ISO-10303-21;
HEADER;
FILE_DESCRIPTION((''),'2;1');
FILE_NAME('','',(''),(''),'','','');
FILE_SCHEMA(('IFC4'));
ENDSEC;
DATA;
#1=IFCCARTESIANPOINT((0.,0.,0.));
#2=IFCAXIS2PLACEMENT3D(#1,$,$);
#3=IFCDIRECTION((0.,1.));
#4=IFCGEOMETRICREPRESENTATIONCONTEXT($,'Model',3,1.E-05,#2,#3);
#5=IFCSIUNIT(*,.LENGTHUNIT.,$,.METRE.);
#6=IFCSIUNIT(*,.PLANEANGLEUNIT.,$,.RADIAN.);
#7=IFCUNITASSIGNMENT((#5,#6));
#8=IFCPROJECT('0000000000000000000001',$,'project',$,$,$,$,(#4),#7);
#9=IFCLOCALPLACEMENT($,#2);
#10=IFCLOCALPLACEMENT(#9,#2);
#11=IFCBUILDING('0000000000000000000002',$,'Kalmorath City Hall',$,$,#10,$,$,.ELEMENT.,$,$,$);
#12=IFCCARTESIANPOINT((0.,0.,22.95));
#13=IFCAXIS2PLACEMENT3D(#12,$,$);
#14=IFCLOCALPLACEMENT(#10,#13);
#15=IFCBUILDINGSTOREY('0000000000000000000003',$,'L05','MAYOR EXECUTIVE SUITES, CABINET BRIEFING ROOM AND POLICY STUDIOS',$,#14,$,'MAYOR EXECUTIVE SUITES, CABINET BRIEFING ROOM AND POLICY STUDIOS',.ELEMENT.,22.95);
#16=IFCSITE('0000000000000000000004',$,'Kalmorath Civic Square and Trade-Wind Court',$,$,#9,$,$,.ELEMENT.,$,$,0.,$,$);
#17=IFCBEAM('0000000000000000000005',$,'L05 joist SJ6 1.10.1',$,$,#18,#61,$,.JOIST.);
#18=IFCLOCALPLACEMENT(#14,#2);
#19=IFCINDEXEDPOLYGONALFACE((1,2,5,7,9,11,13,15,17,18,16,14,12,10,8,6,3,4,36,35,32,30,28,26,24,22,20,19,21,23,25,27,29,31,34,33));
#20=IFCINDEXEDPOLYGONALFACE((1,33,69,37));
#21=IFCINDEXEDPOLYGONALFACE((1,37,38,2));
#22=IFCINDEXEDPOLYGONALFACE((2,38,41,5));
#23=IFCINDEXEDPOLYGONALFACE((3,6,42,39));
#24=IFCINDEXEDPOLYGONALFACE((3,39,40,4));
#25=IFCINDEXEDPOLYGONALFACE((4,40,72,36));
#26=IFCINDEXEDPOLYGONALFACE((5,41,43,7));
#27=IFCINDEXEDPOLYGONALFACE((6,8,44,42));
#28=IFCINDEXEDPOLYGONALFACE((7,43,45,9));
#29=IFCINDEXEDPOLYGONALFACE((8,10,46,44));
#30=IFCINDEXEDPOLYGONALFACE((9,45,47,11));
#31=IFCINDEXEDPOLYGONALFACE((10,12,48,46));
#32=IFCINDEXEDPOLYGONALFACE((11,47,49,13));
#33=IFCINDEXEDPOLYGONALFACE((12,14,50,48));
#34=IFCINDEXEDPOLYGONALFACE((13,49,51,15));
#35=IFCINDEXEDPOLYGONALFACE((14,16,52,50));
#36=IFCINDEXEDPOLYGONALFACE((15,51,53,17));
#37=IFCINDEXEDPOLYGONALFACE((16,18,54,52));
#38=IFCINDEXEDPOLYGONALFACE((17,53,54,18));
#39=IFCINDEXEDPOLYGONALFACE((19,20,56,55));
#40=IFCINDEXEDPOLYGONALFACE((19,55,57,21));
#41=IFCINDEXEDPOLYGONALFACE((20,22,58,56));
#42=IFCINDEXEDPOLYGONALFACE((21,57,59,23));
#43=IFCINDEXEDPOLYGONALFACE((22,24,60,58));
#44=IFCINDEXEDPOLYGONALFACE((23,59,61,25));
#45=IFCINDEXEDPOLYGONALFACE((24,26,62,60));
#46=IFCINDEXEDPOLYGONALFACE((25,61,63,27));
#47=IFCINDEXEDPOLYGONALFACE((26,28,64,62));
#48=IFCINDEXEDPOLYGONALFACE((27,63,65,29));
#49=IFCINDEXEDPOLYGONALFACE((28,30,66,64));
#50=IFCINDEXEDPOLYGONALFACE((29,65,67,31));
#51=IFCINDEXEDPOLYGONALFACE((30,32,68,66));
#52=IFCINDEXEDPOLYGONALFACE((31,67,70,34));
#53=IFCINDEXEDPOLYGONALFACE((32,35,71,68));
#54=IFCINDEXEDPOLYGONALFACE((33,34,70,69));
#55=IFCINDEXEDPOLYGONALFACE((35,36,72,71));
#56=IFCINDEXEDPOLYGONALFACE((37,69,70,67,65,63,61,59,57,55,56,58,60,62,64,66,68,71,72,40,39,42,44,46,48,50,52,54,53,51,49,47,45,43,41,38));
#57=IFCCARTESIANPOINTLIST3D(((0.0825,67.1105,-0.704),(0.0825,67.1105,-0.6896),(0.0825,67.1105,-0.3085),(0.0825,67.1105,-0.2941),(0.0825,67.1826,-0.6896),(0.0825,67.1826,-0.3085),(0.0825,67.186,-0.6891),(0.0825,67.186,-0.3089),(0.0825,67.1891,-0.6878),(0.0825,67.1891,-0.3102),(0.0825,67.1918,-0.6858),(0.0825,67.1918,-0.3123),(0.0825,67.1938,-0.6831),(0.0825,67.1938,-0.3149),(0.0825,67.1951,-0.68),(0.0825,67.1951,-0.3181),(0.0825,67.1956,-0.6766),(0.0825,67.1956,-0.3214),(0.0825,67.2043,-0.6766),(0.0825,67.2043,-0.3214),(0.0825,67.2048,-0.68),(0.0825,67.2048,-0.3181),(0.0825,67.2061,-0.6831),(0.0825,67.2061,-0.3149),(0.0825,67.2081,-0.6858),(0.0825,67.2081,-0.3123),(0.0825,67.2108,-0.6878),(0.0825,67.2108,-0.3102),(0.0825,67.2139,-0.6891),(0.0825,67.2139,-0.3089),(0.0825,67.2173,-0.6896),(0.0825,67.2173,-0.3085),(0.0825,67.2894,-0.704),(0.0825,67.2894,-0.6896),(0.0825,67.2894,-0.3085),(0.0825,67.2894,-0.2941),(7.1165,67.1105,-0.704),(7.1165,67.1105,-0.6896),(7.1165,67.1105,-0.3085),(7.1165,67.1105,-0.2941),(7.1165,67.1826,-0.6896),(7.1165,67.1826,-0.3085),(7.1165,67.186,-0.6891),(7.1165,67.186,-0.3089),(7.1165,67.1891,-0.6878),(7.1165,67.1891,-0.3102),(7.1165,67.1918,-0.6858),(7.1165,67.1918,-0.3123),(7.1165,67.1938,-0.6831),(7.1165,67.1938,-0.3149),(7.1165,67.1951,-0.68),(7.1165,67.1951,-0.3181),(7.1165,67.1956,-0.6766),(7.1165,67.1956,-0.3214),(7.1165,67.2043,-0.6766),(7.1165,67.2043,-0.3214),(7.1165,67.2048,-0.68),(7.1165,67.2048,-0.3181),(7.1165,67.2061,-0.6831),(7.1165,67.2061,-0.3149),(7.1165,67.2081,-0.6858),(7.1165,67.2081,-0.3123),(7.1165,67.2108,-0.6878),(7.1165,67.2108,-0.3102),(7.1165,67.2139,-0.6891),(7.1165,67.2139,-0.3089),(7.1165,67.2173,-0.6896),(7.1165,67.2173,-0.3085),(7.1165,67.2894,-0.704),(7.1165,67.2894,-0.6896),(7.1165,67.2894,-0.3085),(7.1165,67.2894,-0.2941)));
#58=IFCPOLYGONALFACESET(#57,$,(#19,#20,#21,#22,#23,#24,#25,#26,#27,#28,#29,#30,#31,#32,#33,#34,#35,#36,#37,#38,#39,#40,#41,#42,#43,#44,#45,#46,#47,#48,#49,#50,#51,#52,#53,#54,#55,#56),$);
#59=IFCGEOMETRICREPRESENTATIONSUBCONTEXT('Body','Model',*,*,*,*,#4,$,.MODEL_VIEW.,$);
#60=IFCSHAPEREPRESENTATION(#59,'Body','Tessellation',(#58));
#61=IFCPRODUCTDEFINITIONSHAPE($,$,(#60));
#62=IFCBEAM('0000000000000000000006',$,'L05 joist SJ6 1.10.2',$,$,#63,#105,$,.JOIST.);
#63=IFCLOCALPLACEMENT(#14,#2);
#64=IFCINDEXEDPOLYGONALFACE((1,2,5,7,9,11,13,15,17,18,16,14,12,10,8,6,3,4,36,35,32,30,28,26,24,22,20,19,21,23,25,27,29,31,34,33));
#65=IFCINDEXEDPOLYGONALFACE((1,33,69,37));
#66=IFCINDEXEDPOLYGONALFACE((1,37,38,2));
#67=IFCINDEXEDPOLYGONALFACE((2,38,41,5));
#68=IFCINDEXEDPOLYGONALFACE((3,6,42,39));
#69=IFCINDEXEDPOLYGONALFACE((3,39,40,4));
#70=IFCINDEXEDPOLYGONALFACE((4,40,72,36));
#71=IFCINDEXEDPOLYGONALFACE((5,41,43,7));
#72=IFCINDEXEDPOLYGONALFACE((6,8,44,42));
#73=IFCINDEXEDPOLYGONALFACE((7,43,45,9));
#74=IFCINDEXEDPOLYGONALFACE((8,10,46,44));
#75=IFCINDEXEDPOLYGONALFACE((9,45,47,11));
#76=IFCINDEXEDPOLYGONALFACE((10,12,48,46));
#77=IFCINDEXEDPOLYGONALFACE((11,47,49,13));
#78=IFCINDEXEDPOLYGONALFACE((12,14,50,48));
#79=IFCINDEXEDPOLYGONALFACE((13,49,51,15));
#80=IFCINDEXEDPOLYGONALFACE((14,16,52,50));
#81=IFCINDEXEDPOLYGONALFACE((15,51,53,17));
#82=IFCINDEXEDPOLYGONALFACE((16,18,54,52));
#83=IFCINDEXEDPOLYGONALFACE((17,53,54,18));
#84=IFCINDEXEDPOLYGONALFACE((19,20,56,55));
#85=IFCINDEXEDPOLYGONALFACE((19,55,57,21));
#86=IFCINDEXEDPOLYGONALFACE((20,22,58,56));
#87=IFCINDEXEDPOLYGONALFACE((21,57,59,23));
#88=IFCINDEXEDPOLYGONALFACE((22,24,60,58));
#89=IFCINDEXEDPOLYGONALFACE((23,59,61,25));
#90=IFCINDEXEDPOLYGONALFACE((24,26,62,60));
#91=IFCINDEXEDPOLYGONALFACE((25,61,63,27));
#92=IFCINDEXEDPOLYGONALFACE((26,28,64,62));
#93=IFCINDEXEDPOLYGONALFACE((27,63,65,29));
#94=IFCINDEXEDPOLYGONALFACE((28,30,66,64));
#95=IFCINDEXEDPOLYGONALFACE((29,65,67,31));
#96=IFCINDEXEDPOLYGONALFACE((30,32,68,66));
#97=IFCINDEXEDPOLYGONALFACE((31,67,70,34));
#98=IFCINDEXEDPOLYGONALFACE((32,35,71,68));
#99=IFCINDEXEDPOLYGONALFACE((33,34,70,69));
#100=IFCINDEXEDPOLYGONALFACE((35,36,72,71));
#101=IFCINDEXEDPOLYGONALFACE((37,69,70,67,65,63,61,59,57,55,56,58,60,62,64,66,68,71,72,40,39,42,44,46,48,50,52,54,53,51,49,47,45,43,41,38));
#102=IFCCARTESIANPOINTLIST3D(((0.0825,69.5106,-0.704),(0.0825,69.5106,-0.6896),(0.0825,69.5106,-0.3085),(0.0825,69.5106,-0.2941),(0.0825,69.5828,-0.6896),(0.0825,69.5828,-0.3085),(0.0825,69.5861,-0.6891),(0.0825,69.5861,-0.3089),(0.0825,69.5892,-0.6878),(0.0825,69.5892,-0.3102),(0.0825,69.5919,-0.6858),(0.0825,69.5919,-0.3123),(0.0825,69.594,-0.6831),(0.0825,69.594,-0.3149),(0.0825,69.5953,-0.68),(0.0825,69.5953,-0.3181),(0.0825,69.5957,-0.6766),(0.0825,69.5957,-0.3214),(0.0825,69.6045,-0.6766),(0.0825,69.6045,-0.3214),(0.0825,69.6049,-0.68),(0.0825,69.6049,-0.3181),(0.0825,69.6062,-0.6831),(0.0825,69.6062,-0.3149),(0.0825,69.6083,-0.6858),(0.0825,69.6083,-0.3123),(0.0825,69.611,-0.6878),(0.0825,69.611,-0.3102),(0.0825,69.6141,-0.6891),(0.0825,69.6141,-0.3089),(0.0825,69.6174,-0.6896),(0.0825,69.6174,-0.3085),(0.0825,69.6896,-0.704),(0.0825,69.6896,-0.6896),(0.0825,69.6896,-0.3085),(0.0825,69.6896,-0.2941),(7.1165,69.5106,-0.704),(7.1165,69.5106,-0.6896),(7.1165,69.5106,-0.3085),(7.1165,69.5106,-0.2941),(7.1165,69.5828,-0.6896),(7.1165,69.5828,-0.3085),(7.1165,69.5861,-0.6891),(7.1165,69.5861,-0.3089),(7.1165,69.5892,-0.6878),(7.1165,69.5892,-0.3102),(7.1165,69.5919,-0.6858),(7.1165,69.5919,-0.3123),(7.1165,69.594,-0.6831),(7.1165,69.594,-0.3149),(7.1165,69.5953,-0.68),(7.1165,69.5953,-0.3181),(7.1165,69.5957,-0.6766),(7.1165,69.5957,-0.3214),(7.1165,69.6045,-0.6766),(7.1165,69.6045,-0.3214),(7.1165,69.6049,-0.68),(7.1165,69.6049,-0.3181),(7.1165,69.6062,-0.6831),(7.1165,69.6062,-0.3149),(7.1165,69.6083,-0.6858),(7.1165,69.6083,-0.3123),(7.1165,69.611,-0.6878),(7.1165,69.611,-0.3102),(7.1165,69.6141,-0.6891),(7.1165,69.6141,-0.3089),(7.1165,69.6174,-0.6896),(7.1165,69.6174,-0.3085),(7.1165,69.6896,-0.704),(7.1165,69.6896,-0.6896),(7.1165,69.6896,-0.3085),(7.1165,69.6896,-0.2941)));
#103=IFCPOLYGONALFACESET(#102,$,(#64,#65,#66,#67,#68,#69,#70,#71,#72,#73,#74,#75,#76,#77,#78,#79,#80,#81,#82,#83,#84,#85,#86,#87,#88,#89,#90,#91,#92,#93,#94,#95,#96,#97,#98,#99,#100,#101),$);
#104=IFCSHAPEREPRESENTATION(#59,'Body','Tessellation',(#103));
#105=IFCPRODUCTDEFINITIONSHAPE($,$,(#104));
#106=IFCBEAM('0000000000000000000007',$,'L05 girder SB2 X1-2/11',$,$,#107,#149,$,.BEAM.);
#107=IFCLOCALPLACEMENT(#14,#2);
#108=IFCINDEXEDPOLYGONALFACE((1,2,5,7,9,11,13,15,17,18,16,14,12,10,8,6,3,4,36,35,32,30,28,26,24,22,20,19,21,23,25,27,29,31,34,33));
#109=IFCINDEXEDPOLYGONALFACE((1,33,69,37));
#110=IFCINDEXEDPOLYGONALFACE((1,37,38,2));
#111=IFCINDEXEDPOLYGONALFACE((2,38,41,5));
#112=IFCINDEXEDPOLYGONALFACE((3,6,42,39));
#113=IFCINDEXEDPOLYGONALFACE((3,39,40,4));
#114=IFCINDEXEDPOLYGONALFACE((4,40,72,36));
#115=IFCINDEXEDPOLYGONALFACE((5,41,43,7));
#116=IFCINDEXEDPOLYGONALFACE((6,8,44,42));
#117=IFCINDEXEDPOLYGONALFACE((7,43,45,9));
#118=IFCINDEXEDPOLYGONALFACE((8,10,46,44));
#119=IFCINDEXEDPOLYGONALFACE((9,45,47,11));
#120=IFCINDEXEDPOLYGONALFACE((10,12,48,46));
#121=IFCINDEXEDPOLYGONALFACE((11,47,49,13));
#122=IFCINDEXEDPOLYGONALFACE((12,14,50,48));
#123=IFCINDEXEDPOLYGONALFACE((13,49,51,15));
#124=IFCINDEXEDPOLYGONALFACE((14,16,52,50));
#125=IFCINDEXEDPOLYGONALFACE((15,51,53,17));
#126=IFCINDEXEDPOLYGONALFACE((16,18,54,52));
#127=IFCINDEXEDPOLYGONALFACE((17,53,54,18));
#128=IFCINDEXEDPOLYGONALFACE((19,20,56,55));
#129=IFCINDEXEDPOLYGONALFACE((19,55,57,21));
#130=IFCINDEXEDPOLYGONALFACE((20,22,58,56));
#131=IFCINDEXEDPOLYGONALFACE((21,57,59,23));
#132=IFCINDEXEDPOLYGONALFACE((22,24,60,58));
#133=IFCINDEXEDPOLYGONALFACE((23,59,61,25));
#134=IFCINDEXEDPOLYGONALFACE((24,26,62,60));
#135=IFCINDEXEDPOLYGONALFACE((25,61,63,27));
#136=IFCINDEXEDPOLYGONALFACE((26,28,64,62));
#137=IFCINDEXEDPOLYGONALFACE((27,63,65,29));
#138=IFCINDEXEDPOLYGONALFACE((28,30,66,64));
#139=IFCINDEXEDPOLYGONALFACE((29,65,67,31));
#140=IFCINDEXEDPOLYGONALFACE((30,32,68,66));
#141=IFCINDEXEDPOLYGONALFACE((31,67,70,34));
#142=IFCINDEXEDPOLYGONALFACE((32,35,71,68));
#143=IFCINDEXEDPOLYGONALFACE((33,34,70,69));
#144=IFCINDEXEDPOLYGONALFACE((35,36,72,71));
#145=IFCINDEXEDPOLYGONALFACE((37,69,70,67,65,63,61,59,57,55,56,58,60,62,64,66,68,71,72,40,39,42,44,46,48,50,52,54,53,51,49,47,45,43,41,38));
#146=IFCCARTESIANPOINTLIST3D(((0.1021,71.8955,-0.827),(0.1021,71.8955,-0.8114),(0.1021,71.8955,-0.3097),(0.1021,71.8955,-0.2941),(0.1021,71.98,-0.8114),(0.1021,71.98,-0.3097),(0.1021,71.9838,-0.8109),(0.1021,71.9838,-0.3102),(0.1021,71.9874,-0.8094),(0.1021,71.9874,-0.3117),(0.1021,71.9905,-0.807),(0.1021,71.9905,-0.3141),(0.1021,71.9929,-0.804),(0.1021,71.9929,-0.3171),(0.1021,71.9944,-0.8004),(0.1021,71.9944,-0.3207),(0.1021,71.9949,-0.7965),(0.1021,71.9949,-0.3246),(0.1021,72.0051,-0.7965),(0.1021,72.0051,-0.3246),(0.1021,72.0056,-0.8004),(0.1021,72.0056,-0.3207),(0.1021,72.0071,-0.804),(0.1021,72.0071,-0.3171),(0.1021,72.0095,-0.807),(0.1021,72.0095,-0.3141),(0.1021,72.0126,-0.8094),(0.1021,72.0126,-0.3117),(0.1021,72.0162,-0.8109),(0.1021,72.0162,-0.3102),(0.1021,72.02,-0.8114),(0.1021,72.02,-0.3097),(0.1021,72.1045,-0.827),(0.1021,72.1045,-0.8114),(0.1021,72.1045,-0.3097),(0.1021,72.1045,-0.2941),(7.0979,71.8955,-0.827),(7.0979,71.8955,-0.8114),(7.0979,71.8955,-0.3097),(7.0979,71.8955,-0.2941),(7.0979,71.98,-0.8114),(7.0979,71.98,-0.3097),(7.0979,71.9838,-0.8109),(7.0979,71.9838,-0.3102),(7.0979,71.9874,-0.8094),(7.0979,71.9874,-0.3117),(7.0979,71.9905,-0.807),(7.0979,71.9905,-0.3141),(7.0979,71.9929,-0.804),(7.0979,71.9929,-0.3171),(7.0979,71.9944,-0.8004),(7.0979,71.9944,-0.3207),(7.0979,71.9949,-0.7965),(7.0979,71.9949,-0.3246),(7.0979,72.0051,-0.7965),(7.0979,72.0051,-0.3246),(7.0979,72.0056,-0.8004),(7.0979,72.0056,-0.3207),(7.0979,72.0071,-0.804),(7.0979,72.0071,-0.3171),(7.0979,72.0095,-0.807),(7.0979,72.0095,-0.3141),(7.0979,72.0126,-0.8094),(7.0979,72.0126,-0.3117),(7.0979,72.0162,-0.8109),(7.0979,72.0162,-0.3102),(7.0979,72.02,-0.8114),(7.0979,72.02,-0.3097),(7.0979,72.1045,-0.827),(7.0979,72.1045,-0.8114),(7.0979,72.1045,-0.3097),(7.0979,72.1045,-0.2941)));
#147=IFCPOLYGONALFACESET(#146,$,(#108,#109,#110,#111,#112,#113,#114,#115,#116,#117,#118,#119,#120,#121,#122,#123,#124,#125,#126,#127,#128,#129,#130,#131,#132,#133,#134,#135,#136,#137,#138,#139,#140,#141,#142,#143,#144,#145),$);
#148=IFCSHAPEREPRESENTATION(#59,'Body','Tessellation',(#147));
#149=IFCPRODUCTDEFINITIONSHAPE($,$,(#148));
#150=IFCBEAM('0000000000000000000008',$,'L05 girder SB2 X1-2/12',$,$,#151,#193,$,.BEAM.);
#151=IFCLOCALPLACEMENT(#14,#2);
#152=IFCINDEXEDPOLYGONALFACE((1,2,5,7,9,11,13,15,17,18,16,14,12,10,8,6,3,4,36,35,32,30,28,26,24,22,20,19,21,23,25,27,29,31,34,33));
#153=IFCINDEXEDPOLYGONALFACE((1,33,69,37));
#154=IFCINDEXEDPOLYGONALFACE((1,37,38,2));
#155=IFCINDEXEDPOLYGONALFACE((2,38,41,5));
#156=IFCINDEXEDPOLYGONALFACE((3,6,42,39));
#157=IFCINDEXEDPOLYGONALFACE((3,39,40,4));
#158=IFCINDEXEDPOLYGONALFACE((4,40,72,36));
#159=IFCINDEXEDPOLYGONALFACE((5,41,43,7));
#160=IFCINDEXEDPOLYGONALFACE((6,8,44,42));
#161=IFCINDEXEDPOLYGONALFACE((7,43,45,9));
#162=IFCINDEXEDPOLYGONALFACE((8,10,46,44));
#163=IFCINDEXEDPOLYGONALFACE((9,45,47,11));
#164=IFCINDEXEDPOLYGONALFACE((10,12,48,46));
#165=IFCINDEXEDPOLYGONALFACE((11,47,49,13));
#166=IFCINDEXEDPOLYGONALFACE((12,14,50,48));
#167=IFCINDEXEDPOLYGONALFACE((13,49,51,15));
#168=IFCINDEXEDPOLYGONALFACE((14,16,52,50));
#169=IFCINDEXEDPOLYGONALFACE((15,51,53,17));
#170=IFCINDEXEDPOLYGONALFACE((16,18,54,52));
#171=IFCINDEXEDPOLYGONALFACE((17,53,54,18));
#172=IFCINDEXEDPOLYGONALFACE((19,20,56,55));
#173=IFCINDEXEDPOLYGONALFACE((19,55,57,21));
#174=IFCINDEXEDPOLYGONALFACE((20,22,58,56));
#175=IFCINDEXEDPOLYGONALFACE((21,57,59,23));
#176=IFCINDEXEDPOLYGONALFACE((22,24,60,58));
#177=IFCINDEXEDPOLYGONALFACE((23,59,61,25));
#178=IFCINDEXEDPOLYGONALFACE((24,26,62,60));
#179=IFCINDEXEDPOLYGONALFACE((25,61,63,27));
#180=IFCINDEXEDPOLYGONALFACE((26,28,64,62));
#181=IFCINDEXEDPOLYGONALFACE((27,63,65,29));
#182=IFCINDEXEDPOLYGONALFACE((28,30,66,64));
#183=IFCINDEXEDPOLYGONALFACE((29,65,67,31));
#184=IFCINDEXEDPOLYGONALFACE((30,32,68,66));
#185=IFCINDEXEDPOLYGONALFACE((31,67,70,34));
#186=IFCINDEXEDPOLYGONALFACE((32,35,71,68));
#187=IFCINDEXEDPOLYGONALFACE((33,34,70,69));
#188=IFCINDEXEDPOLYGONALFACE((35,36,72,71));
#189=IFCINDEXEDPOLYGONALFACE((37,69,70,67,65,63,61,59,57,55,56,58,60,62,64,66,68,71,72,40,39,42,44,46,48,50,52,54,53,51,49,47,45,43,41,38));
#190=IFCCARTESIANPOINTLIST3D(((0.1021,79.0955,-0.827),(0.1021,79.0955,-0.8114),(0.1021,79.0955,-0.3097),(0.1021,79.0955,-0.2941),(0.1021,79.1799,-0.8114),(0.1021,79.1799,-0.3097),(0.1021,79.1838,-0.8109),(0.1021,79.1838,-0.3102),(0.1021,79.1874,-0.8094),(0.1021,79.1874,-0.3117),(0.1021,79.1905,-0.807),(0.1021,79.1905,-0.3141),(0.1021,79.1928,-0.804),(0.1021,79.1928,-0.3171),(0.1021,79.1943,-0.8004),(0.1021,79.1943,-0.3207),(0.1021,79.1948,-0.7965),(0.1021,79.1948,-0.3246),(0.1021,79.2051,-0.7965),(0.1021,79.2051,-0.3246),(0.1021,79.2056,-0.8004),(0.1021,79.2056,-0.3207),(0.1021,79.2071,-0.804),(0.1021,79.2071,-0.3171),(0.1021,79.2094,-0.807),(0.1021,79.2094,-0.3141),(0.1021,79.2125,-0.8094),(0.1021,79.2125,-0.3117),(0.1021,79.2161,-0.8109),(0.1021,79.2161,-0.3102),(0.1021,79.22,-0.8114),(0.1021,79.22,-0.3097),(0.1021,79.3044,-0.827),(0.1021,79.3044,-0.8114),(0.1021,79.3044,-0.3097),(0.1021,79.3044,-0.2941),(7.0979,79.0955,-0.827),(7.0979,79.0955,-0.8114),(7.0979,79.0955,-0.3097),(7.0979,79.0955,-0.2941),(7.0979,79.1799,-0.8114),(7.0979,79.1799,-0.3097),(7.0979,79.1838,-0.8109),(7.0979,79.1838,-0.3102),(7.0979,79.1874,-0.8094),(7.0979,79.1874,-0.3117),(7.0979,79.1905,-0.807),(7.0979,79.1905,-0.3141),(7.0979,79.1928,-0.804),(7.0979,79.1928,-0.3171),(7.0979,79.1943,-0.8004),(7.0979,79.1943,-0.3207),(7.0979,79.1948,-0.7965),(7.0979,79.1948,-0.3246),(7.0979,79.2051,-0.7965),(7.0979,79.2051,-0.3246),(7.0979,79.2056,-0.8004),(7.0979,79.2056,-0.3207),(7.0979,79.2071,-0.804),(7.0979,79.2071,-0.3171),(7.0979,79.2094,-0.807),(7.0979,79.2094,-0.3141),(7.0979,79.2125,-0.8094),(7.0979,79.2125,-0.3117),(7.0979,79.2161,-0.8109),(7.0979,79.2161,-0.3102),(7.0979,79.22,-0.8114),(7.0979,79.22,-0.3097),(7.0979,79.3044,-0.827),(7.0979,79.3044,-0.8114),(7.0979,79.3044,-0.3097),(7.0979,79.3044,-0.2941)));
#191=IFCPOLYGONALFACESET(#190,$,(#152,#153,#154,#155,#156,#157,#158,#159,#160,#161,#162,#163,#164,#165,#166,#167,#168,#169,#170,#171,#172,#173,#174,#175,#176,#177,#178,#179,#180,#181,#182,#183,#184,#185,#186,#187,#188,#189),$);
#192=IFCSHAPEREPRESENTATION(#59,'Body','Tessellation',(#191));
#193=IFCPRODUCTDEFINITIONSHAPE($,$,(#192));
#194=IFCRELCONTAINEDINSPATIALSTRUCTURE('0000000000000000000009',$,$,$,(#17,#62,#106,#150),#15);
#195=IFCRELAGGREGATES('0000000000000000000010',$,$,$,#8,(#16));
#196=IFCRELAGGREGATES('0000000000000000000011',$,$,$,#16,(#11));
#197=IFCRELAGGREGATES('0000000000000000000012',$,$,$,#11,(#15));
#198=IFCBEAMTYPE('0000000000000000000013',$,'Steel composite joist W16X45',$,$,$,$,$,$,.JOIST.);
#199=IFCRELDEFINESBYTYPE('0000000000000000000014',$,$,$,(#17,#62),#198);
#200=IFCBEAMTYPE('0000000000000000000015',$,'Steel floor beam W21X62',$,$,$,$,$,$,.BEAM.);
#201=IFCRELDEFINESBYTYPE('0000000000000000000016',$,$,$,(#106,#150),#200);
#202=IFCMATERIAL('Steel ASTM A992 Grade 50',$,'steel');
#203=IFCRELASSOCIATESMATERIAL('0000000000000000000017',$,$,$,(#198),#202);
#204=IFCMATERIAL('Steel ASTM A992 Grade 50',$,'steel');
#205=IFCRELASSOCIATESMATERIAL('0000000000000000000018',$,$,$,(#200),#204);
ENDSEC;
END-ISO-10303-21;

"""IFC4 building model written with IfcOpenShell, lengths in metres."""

from ifc_helpers import new_model, si_unit, direction, frame, origin, origin_2d, place, context, subcontext, project, spatial, i_section, extrude, material, material_profile, profile_set, type_object, element, save


model = new_model("IFC4")

# Units and contexts
model_context = context("Model", 3, precision=1e-05, world=origin(), true_north=direction((0.0, 1.0)))
body_context = subcontext(model_context, "Body", "Model", "MODEL_VIEW")
ifc_project = project(units=[si_unit("LENGTHUNIT", "METRE"), si_unit("PLANEANGLEUNIT", "RADIAN")], contexts=[model_context])

# Site, building, storey
site_placement = place(None, origin())
site = spatial("IfcSite", under=ifc_project, at=site_placement, Name="Kalmorath Civic Square and Trade-Wind Court", CompositionType="ELEMENT", RefElevation=0.0)
building_placement = place(site_placement, origin())
building = spatial("IfcBuilding", under=site, at=building_placement, Name="Kalmorath City Hall", CompositionType="ELEMENT")
storey_placement = place(building_placement, frame((0.0, 0.0, 22.95)))
storey = spatial("IfcBuildingStorey", under=building, at=storey_placement, Name="L05", Description="MAYOR EXECUTIVE SUITES, CABINET BRIEFING ROOM AND POLICY STUDIOS", LongName="MAYOR EXECUTIVE SUITES, CABINET BRIEFING ROOM AND POLICY STUDIOS", CompositionType="ELEMENT", Elevation=22.95)

# Beams
ifc_material_1 = material(Name="Steel ASTM A992 Grade 50", Category="steel")
ifc_material_profile_1 = material_profile(ifc_material_1, i_section(OverallWidth=0.179, OverallDepth=0.4099, WebThickness=0.0088, FlangeThickness=0.0144, FilletRadius=0.0129, at=origin_2d()), Name="W16X45")
ifc_profile_set_1 = profile_set([ifc_material_profile_1], Name="Steel ASTM A992 Grade 50")
beam_type_1 = type_object("IfcBeamType", Name="Steel composite joist W16X45", PredefinedType="JOIST", material=ifc_profile_set_1)
for number, where, z_axis, x_axis, name in (
    (1, (0.0825, 67.2, -0.499), (1.0, 0.0, 0.0), (0.0, 1.0, 0.0), "L05 joist SJ6 1.10.1"),
    (2, (0.0825, 69.6001, -0.499), (1.0, 0.0, 0.0), (0.0, 1.0, 0.0), "L05 joist SJ6 1.10.2"),
):
    element("IfcBeam", number, at=place(storey_placement, frame(where, z_axis=z_axis, x_axis=x_axis)), inside=storey, type_object=beam_type_1, Name=name, PredefinedType="JOIST", context=body_context, shape_type="SweptSolid", body=[
        extrude(i_section(OverallWidth=0.179, OverallDepth=0.4099, WebThickness=0.0088, FlangeThickness=0.0144, FilletRadius=0.0129, at=origin_2d()), origin(), (0.0, 0.0, 1.0), 7.0339),
    ])
ifc_material_2 = material(Name="Steel ASTM A992 Grade 50", Category="steel")
ifc_material_profile_2 = material_profile(ifc_material_2, i_section(OverallWidth=0.209, OverallDepth=0.533, WebThickness=0.0103, FlangeThickness=0.0156, FilletRadius=0.0149, at=origin_2d()), Name="W21X62")
ifc_profile_set_2 = profile_set([ifc_material_profile_2], Name="Steel ASTM A992 Grade 50")
beam_type_2 = type_object("IfcBeamType", Name="Steel floor beam W21X62", PredefinedType="BEAM", material=ifc_profile_set_2)
for number, where, z_axis, x_axis, name in (
    (3, (0.1021, 72.0, -0.5605), (1.0, 0.0, 0.0), (0.0, 1.0, 0.0), "L05 girder SB2 X1-2/11"),
    (4, (0.1021, 79.2, -0.5605), (1.0, 0.0, 0.0), (0.0, 1.0, 0.0), "L05 girder SB2 X1-2/12"),
):
    element("IfcBeam", number, at=place(storey_placement, frame(where, z_axis=z_axis, x_axis=x_axis)), inside=storey, type_object=beam_type_2, Name=name, PredefinedType="BEAM", context=body_context, shape_type="SweptSolid", body=[
        extrude(i_section(OverallWidth=0.209, OverallDepth=0.533, WebThickness=0.0103, FlangeThickness=0.0156, FilletRadius=0.0149, at=origin_2d()), origin(), (0.0, 0.0, 1.0), 6.9958),
    ])

save(model, "model.ifc")
